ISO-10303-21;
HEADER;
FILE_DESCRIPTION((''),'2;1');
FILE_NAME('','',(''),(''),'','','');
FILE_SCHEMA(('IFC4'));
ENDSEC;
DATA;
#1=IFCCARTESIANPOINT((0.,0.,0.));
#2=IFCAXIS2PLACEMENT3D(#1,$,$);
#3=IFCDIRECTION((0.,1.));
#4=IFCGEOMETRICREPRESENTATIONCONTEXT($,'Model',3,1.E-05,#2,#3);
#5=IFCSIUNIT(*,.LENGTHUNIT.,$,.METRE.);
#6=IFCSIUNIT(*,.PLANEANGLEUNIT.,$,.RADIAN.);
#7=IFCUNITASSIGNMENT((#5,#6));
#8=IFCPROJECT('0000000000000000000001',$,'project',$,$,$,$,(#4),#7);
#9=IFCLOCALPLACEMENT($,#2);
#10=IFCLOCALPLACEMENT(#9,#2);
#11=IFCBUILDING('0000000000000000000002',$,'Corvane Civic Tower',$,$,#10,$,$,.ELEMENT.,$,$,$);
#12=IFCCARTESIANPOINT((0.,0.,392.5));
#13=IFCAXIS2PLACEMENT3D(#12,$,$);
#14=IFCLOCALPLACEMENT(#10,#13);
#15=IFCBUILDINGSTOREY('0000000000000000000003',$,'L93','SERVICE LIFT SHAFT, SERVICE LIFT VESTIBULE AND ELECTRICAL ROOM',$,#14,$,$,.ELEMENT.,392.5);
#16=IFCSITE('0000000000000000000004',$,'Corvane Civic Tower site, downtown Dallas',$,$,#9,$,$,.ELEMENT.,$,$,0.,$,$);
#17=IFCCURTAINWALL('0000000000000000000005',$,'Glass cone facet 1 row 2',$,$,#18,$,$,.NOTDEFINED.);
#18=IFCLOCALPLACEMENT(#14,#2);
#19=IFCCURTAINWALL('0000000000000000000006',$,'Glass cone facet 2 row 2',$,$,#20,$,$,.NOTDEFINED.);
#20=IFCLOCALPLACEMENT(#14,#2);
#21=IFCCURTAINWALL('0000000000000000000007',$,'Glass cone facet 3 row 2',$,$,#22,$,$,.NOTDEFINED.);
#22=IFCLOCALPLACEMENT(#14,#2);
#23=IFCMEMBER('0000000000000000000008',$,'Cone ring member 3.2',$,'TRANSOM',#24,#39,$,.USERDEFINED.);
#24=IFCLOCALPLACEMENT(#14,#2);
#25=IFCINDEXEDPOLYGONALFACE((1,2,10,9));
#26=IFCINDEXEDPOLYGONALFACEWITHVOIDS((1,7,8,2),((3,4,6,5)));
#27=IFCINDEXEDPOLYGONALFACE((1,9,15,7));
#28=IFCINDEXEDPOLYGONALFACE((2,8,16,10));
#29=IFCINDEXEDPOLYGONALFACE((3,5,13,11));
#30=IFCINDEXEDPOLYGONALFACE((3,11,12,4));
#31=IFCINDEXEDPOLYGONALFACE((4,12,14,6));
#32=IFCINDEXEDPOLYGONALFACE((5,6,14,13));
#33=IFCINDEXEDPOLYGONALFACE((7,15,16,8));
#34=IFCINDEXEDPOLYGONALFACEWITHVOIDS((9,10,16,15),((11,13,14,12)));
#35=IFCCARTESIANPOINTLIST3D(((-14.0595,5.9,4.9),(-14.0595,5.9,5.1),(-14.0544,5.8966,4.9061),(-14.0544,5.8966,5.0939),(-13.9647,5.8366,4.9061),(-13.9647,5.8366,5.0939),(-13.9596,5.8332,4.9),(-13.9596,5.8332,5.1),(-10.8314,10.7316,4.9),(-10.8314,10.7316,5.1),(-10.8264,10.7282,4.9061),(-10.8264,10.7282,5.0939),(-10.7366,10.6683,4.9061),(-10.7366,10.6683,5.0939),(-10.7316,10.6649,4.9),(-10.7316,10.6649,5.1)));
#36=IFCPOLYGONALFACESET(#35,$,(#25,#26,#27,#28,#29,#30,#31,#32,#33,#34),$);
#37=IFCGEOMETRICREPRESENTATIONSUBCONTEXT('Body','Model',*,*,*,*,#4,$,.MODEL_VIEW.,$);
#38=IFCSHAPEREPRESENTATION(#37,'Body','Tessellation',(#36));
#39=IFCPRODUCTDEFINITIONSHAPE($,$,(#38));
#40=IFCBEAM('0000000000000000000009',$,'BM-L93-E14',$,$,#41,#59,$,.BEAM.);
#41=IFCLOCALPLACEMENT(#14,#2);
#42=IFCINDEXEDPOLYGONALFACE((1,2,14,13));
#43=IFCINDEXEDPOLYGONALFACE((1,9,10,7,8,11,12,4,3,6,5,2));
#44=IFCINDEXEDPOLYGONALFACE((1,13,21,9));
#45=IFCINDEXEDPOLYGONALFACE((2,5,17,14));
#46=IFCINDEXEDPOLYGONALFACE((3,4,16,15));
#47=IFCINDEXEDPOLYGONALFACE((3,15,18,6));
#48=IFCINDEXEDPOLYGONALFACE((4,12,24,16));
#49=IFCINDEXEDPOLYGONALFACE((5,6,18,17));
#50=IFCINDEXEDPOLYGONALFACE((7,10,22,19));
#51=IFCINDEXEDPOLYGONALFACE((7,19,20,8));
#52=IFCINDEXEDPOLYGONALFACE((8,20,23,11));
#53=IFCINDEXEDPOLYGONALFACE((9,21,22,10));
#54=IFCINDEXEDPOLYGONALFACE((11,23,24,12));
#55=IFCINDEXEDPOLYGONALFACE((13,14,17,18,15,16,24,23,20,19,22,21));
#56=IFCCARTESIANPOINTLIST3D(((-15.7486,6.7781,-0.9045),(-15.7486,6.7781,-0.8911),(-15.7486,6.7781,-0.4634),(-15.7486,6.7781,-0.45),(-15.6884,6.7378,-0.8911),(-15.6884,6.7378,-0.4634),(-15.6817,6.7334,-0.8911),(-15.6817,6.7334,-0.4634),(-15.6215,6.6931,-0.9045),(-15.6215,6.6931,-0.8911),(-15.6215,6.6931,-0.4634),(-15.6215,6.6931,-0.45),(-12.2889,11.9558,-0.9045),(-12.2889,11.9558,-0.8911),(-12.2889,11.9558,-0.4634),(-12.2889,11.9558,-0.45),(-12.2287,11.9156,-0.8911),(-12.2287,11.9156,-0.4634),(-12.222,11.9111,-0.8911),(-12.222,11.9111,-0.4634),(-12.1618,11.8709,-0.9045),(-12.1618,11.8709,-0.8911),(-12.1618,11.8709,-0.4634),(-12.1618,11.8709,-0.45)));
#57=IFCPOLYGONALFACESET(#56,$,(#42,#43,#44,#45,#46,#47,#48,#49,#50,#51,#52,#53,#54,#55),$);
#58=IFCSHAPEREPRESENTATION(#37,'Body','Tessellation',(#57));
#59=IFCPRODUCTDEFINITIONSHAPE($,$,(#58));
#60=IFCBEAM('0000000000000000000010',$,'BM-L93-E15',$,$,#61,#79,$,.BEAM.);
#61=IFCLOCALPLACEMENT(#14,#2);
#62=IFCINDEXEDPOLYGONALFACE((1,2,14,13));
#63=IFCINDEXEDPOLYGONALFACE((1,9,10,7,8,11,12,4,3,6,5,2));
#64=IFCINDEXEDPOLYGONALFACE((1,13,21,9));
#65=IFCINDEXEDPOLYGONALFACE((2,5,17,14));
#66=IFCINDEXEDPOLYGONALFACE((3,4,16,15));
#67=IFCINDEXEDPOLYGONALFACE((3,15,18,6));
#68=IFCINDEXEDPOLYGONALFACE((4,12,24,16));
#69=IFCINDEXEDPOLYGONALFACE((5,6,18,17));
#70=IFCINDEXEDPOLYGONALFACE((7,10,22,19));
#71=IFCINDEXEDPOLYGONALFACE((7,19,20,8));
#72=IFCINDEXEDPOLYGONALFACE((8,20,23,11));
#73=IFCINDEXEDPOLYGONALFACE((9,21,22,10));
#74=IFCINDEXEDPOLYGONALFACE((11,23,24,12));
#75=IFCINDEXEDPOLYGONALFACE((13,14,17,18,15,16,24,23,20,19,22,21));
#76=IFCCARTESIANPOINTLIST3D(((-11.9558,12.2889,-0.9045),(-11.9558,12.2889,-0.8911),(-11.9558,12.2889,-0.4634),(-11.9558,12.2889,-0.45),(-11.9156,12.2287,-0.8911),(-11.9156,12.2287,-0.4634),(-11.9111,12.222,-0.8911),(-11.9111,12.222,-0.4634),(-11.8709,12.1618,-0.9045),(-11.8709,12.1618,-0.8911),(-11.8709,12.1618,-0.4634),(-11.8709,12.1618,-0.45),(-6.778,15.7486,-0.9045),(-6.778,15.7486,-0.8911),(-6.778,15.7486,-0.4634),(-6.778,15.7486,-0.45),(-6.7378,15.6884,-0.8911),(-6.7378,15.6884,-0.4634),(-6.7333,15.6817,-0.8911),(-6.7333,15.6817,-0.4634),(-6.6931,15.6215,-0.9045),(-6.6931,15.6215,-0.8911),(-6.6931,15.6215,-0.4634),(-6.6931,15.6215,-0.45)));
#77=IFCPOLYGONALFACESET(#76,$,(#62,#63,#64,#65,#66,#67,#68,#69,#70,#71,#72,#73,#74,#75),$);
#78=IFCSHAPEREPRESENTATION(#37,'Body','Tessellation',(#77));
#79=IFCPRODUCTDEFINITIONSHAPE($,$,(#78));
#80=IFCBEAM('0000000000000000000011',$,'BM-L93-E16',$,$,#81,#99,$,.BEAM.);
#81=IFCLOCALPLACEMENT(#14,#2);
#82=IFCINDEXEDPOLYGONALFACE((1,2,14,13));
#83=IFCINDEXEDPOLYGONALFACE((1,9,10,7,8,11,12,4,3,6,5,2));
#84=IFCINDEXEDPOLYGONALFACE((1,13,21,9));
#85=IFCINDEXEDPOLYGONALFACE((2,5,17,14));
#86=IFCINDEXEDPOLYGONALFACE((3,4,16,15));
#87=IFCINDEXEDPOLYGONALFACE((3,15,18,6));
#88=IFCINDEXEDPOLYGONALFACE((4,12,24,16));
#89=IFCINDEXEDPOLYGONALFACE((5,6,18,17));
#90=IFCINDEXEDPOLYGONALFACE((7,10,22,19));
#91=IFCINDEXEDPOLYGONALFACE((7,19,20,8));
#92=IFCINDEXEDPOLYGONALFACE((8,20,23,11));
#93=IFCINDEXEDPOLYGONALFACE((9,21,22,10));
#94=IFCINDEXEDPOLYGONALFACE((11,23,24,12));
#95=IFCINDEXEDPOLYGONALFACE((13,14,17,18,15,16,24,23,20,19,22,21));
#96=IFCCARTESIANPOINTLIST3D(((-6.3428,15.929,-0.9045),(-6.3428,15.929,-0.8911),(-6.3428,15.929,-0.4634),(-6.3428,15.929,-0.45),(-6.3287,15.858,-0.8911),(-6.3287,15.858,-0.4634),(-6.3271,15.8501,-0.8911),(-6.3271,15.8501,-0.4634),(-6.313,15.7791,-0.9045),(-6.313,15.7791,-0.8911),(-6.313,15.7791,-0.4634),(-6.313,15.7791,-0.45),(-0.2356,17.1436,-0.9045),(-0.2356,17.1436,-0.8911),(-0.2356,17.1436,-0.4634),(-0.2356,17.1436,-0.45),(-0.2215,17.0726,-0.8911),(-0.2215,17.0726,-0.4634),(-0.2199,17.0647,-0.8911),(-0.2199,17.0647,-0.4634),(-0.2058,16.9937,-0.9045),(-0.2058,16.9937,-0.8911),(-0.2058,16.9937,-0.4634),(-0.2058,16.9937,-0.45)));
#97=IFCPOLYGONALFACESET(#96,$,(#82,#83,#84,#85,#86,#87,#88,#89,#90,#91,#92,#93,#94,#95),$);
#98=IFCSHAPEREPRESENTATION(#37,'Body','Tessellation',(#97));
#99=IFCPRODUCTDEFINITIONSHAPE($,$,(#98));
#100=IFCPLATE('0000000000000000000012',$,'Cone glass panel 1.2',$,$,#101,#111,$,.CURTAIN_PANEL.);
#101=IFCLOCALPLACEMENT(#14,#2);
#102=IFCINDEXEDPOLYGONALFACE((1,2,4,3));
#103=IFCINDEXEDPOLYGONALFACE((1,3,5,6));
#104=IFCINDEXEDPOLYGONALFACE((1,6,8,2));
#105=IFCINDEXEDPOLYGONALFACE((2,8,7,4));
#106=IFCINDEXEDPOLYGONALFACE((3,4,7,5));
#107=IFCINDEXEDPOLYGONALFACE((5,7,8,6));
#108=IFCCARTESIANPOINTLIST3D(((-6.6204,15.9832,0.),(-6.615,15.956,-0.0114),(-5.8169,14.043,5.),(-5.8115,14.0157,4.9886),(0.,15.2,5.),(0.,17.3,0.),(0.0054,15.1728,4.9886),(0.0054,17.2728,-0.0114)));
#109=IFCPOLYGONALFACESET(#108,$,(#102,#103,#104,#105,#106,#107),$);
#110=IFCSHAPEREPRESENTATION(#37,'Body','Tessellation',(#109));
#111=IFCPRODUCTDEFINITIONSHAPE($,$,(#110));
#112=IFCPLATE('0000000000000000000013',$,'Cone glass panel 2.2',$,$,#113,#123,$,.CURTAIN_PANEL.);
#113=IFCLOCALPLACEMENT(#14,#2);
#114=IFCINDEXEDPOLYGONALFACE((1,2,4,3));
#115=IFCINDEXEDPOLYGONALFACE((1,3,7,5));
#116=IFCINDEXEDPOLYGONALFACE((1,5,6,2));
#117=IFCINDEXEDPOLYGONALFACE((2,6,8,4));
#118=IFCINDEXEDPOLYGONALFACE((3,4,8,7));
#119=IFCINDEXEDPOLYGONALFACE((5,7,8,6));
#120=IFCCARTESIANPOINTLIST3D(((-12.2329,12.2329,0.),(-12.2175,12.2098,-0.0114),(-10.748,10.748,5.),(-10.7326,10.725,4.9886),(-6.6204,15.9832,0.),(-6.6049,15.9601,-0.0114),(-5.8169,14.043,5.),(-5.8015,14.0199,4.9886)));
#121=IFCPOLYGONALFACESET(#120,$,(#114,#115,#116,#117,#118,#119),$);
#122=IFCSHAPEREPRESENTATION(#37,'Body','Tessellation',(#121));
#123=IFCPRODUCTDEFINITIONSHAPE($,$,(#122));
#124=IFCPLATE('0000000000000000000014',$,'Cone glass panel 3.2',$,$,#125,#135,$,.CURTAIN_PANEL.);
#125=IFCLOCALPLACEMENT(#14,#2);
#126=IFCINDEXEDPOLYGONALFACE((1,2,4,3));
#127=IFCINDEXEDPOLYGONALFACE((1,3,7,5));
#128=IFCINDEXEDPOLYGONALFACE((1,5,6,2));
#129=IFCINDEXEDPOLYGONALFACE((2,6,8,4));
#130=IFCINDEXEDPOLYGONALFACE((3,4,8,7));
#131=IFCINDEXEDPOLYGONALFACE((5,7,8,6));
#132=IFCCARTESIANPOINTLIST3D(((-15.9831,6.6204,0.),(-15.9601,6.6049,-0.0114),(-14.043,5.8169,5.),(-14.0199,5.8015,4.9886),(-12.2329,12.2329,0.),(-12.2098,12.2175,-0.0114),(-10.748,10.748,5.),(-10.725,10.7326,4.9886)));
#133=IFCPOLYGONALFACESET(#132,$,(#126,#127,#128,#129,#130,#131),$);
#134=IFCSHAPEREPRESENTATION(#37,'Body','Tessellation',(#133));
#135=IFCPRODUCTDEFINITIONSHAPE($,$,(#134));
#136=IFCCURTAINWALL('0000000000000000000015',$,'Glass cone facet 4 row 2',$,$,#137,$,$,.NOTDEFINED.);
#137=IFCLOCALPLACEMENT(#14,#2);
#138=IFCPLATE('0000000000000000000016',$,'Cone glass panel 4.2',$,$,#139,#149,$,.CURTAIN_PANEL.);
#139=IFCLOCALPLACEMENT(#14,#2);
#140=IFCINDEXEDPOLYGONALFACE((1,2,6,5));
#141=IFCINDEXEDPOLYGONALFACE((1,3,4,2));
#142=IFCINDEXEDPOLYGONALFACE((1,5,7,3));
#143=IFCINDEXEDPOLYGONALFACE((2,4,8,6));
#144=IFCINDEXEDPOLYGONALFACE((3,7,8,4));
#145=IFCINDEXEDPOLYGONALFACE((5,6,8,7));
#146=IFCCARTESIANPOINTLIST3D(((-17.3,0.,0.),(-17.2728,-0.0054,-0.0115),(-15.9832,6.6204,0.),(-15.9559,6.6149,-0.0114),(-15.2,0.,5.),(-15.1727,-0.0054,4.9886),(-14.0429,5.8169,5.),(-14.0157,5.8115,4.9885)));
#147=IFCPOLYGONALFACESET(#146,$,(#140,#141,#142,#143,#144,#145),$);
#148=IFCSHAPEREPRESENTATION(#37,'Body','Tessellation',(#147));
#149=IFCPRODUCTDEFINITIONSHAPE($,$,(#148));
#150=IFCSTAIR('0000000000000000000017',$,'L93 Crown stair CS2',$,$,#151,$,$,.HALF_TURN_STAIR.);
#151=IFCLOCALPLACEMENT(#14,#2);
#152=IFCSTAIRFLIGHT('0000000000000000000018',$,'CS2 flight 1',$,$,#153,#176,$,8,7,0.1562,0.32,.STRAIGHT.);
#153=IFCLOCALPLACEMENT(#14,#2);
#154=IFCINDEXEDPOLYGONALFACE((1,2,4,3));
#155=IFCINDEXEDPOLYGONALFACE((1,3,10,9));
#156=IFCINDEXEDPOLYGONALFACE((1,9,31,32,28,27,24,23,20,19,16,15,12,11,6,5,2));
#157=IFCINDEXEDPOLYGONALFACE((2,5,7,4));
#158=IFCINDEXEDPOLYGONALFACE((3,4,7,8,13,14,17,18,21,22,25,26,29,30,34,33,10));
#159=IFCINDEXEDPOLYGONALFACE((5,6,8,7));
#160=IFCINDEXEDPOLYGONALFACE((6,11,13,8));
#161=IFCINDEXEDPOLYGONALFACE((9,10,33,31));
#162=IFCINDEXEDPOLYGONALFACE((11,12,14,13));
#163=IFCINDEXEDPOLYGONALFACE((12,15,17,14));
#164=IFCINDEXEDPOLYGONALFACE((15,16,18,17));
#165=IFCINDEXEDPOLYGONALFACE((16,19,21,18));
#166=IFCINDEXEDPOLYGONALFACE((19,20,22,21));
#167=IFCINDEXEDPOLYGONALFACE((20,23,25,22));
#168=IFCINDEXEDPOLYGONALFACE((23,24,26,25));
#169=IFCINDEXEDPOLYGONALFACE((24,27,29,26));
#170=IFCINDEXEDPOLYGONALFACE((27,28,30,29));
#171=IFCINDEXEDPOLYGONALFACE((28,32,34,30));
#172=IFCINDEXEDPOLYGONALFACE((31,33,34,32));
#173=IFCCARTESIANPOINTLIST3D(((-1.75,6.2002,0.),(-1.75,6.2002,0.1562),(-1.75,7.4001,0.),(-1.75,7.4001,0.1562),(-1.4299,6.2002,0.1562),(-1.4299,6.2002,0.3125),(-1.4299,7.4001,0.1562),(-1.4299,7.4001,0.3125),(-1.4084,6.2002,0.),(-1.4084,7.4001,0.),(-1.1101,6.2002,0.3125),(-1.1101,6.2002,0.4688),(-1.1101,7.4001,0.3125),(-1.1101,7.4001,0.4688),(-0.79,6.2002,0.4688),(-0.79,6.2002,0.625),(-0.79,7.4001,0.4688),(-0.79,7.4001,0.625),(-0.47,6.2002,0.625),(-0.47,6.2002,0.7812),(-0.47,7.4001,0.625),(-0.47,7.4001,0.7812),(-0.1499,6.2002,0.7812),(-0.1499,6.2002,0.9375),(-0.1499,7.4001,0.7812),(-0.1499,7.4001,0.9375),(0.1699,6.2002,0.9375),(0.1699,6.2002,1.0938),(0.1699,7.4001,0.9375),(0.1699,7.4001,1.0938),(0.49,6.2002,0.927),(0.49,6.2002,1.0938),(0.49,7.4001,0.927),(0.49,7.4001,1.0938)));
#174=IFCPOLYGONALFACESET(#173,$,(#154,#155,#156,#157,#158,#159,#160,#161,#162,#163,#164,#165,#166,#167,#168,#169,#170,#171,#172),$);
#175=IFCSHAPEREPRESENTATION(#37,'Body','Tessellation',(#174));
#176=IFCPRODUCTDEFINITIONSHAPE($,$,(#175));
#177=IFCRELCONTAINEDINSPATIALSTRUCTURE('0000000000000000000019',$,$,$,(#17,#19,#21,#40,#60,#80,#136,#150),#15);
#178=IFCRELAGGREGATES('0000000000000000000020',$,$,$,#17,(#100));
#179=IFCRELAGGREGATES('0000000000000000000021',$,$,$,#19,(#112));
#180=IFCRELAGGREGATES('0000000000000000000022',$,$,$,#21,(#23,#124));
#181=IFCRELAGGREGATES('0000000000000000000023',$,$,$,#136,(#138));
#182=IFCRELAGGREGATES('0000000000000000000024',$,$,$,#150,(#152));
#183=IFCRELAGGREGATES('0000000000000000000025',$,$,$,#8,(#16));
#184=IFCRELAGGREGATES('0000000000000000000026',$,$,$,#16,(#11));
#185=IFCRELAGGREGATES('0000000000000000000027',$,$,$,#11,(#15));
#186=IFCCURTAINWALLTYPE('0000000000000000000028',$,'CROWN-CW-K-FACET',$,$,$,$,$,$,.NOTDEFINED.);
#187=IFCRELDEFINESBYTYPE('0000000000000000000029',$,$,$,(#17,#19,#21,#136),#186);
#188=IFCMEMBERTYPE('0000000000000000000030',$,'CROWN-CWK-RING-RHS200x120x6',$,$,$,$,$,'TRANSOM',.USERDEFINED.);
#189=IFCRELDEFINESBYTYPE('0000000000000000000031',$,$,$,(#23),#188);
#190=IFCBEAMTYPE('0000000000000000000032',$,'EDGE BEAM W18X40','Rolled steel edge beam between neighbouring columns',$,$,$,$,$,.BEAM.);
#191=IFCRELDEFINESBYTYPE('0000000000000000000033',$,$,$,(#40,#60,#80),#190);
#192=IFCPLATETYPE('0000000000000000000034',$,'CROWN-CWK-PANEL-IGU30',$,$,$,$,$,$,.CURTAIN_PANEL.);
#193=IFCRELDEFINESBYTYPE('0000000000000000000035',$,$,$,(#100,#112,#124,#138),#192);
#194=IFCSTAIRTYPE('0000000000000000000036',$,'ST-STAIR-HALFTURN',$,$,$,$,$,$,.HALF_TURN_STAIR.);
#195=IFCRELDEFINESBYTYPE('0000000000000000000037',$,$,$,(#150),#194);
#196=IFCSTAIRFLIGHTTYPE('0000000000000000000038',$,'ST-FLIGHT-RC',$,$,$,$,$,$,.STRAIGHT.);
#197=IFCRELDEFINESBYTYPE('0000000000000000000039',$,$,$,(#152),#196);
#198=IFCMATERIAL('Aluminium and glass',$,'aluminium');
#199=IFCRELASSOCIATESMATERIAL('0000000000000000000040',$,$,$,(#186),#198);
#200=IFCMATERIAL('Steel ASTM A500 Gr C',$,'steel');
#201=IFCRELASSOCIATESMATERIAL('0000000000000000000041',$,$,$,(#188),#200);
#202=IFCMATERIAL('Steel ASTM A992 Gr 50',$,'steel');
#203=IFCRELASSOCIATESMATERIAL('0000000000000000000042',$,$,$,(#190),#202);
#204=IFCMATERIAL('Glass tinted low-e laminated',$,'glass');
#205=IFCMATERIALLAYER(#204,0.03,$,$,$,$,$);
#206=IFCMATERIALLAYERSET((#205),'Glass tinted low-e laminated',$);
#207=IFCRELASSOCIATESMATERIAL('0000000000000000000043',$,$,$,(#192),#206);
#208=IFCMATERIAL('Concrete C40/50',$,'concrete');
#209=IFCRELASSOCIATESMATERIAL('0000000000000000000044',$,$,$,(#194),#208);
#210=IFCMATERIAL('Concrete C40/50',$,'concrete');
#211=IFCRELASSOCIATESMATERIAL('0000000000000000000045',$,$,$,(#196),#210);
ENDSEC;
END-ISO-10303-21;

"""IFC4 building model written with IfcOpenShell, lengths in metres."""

from ifc_helpers import new_model, si_unit, direction, frame, origin, origin_2d, place, context, subcontext, project, spatial, polyline, hollow_rectangle, i_section, outline, extrude, material, layer, layer_set, material_profile, profile_set, type_object, element, aggregate, save


model = new_model("IFC4")

# Units and contexts
model_context = context("Model", 3, precision=1e-05, world=origin(), true_north=direction((0.0, 1.0)))
body_context = subcontext(model_context, "Body", "Model", "MODEL_VIEW")
ifc_project = project(units=[si_unit("LENGTHUNIT", "METRE"), si_unit("PLANEANGLEUNIT", "RADIAN")], contexts=[model_context])

# Site, building, storey
site_placement = place(None, origin())
site = spatial("IfcSite", under=ifc_project, at=site_placement, Name="Corvane Civic Tower site, downtown Dallas", CompositionType="ELEMENT", RefElevation=0.0)
building_placement = place(site_placement, origin())
building = spatial("IfcBuilding", under=site, at=building_placement, Name="Corvane Civic Tower", CompositionType="ELEMENT")
storey_placement = place(building_placement, frame((0.0, 0.0, 392.5)))
storey = spatial("IfcBuildingStorey", under=building, at=storey_placement, Name="L93", Description="SERVICE LIFT SHAFT, SERVICE LIFT VESTIBULE AND ELECTRICAL ROOM", CompositionType="ELEMENT", Elevation=392.5)

# Curtain walls
ifc_material_1 = material(Name="Aluminium and glass", Category="aluminium")
curtain_wall_type = type_object("IfcCurtainWallType", Name="CROWN-CW-K-FACET", PredefinedType="NOTDEFINED", material=ifc_material_1)
curtain_wall_1_placement = place(storey_placement, origin())
curtain_wall_1 = element("IfcCurtainWall", 1, at=curtain_wall_1_placement, inside=storey, type_object=curtain_wall_type, Name="Glass cone facet 1 row 2", PredefinedType="NOTDEFINED")
curtain_wall_2_placement = place(storey_placement, origin())
curtain_wall_2 = element("IfcCurtainWall", 2, at=curtain_wall_2_placement, inside=storey, type_object=curtain_wall_type, Name="Glass cone facet 2 row 2", PredefinedType="NOTDEFINED")
curtain_wall_3_placement = place(storey_placement, origin())
curtain_wall_3 = element("IfcCurtainWall", 3, at=curtain_wall_3_placement, inside=storey, type_object=curtain_wall_type, Name="Glass cone facet 3 row 2", PredefinedType="NOTDEFINED")

# Member
ifc_material_2 = material(Name="Steel ASTM A500 Gr C", Category="steel")
ifc_material_profile_1 = material_profile(ifc_material_2, hollow_rectangle(XDim=0.1201, YDim=0.2, WallThickness=0.0061, at=origin_2d()), Name="RHS 200x120x6")
ifc_profile_set_1 = profile_set([ifc_material_profile_1], Name="Steel ASTM A500 Gr C")
member_type_1 = type_object("IfcMemberType", Name="CROWN-CWK-RING-RHS200x120x6", ElementType="TRANSOM", PredefinedType="USERDEFINED", material=ifc_profile_set_1)
member_1_placement = place(storey_placement, frame((-10.7815, 10.6982, 5.0), z_axis=(-0.555534, -0.831494, 0.0), x_axis=(0.831494, -0.555534, 0.0)))
member_1 = element("IfcMember", 4, at=member_1_placement, type_object=member_type_1, Name="Cone ring member 3.2", ObjectType="TRANSOM", PredefinedType="USERDEFINED", context=body_context, shape_type="SweptSolid", body=[
    extrude(hollow_rectangle(XDim=0.1201, YDim=0.2, WallThickness=0.0061, at=origin_2d()), origin(), (0.0, 0.0, 1.0), 5.8108),
])

# Beams
ifc_material_3 = material(Name="Steel ASTM A992 Gr 50", Category="steel")
ifc_material_profile_2 = material_profile(ifc_material_3, i_section(OverallWidth=0.1528, OverallDepth=0.4546, WebThickness=0.0081, FlangeThickness=0.0134, at=origin_2d()), Name="W18X40")
ifc_profile_set_2 = profile_set([ifc_material_profile_2], Name="Steel ASTM A992 Gr 50")
beam_type = type_object("IfcBeamType", Name="EDGE BEAM W18X40", Description="Rolled steel edge beam between neighbouring columns", PredefinedType="BEAM", material=ifc_profile_set_2)
for number, where, z_axis, x_axis, name in (
    (5, (-15.6851, 6.7356, -0.6772), (0.555577, 0.831465, 0.0), (-0.831465, 0.555577, 0.0), "BM-L93-E14"),
    (6, (-11.9133, 12.2253, -0.6772), (0.831465, 0.555577, 0.0), (-0.555577, 0.831465, 0.0), "BM-L93-E15"),
):
    element("IfcBeam", number, at=place(storey_placement, frame(where, z_axis=z_axis, x_axis=x_axis)), inside=storey, type_object=beam_type, Name=name, PredefinedType="BEAM", context=body_context, shape_type="SweptSolid", body=[
        extrude(i_section(OverallWidth=0.1528, OverallDepth=0.4546, WebThickness=0.0081, FlangeThickness=0.0134, at=origin_2d()), origin(), (0.0, 0.0, 1.0), 6.2273),
    ])
beam_placement = place(storey_placement, frame((-6.3279, 15.854, -0.6772), z_axis=(0.980791, 0.19506, 0.0), x_axis=(-0.19506, 0.980791, 0.0)))
element("IfcBeam", 7, at=beam_placement, inside=storey, type_object=beam_type, Name="BM-L93-E16", PredefinedType="BEAM", context=body_context, shape_type="SweptSolid", body=[
    extrude(i_section(OverallWidth=0.1528, OverallDepth=0.4546, WebThickness=0.0081, FlangeThickness=0.0134, at=origin_2d()), origin(), (0.0, 0.0, 1.0), 6.2268),
])

# Plates
ifc_material_4 = material(Name="Glass tinted low-e laminated", Category="glass")
ifc_layer = layer(ifc_material_4, 0.03)
ifc_layer_set = layer_set([ifc_layer], Name="Glass tinted low-e laminated")
plate_type = type_object("IfcPlateType", Name="CROWN-CWK-PANEL-IGU30", PredefinedType="CURTAIN_PANEL", material=ifc_layer_set)
plate_1_placement = place(storey_placement, frame((0.0, 17.3, 0.0), z_axis=(-0.180381, 0.906855, 0.380888), x_axis=(-0.980786, -0.195088, 0.000002)))
plate_1 = element("IfcPlate", 8, at=plate_1_placement, type_object=plate_type, Name="Cone glass panel 1.2", PredefinedType="CURTAIN_PANEL", context=body_context, shape_type="SweptSolid", body=[
    extrude(outline(polyline([(0.0, 0.0), (6.7501, 0.0), (6.3406, 5.4076), (0.4097, 5.4076), (0.0, 0.0)])), origin(), (0.0, 0.0, -1.0), 0.03),
])
aggregate(curtain_wall_1, [plate_1])
plate_2_placement = place(storey_placement, frame((-6.6204, 15.9832, 0.0), z_axis=(-0.513701, 0.768798, 0.380869), x_axis=(-0.831466, -0.555575, 0.0)))
plate_2 = element("IfcPlate", 9, at=plate_2_placement, type_object=plate_type, Name="Cone glass panel 2.2", PredefinedType="CURTAIN_PANEL", context=body_context, shape_type="SweptSolid", body=[
    extrude(outline(polyline([(0.0, 0.0), (6.7502, 0.0), (6.3405, 5.4076), (0.4099, 5.4076), (0.0, 0.0)])), origin(), (0.0, 0.0, -1.0), 0.03),
])
aggregate(curtain_wall_2, [plate_2])
plate_3_placement = place(storey_placement, frame((-12.2329, 12.2329, 0.0), z_axis=(-0.768798, 0.513701, 0.380869), x_axis=(-0.555575, -0.831466, 0.0)))
plate_3 = element("IfcPlate", 10, at=plate_3_placement, type_object=plate_type, Name="Cone glass panel 3.2", PredefinedType="CURTAIN_PANEL", context=body_context, shape_type="SweptSolid", body=[
    extrude(outline(polyline([(0.0, 0.0), (6.7502, 0.0), (6.3403, 5.4076), (0.4097, 5.4076), (0.0, 0.0)])), origin(), (0.0, 0.0, -1.0), 0.03),
])
aggregate(curtain_wall_3, [member_1, plate_3])

# Curtain wall, plate
curtain_wall_4_placement = place(storey_placement, origin())
curtain_wall_4 = element("IfcCurtainWall", 11, at=curtain_wall_4_placement, inside=storey, type_object=curtain_wall_type, Name="Glass cone facet 4 row 2", PredefinedType="NOTDEFINED")
plate_4_placement = place(storey_placement, frame((-15.9832, 6.6204, 0.0), z_axis=(-0.906855, 0.180381, 0.380888), x_axis=(-0.195088, -0.980786, -0.000002)))
plate_4 = element("IfcPlate", 12, at=plate_4_placement, type_object=plate_type, Name="Cone glass panel 4.2", PredefinedType="CURTAIN_PANEL", context=body_context, shape_type="SweptSolid", body=[
    extrude(outline(polyline([(0.0, 0.0), (6.7501, 0.0), (6.3404, 5.4076), (0.4095, 5.4076), (0.0, 0.0)])), origin(), (0.0, 0.0, -1.0), 0.03),
])
aggregate(curtain_wall_4, [plate_4])

# Stair, stair flight
ifc_material_5 = material(Name="Concrete C40/50", Category="concrete")
stair_type = type_object("IfcStairType", Name="ST-STAIR-HALFTURN", PredefinedType="HALF_TURN_STAIR", material=ifc_material_5)
stair_placement = place(storey_placement, origin())
stair = element("IfcStair", 13, at=stair_placement, inside=storey, type_object=stair_type, Name="L93 Crown stair CS2", PredefinedType="HALF_TURN_STAIR")
ifc_material_6 = material(Name="Concrete C40/50", Category="concrete")
stair_flight_type = type_object("IfcStairFlightType", Name="ST-FLIGHT-RC", PredefinedType="STRAIGHT", material=ifc_material_6)
stair_flight_1_placement = place(storey_placement, frame((-1.75, 6.8, 0.0), z_axis=(0.0, 0.0, 1.0), x_axis=(1.0, 0.0, 0.0)))
stair_flight_1 = element("IfcStairFlight", 14, at=stair_flight_1_placement, type_object=stair_flight_type, Name="CS2 flight 1", NumberOfRisers=8, NumberOfTreads=7, PredefinedType="STRAIGHT", RiserHeight=0.1562, TreadLength=0.32, context=body_context, shape_type="SweptSolid", body=[
    extrude(outline(polyline([(0.0, 0.0), (0.0, 0.1562), (0.3201, 0.1562), (0.3201, 0.3125), (0.6399, 0.3125), (0.6399, 0.4688), (0.96, 0.4688), (0.96, 0.625), (1.28, 0.625), (1.28, 0.7812), (1.6001, 0.7812), (1.6001, 0.9375), (1.9199, 0.9375), (1.9199, 1.0938), (2.24, 1.0938), (2.24, 1.25), (2.24, 0.927), (0.3416, 0.0), (0.0, 0.0)])), frame((0.0, 0.6001, 0.0), z_axis=(0.0, -1.0, 0.0), x_axis=(1.0, 0.0, 0.0)), (0.0, 0.0, 1.0), 1.2),
])
aggregate(stair, [stair_flight_1])

save(model, "model.ifc")
